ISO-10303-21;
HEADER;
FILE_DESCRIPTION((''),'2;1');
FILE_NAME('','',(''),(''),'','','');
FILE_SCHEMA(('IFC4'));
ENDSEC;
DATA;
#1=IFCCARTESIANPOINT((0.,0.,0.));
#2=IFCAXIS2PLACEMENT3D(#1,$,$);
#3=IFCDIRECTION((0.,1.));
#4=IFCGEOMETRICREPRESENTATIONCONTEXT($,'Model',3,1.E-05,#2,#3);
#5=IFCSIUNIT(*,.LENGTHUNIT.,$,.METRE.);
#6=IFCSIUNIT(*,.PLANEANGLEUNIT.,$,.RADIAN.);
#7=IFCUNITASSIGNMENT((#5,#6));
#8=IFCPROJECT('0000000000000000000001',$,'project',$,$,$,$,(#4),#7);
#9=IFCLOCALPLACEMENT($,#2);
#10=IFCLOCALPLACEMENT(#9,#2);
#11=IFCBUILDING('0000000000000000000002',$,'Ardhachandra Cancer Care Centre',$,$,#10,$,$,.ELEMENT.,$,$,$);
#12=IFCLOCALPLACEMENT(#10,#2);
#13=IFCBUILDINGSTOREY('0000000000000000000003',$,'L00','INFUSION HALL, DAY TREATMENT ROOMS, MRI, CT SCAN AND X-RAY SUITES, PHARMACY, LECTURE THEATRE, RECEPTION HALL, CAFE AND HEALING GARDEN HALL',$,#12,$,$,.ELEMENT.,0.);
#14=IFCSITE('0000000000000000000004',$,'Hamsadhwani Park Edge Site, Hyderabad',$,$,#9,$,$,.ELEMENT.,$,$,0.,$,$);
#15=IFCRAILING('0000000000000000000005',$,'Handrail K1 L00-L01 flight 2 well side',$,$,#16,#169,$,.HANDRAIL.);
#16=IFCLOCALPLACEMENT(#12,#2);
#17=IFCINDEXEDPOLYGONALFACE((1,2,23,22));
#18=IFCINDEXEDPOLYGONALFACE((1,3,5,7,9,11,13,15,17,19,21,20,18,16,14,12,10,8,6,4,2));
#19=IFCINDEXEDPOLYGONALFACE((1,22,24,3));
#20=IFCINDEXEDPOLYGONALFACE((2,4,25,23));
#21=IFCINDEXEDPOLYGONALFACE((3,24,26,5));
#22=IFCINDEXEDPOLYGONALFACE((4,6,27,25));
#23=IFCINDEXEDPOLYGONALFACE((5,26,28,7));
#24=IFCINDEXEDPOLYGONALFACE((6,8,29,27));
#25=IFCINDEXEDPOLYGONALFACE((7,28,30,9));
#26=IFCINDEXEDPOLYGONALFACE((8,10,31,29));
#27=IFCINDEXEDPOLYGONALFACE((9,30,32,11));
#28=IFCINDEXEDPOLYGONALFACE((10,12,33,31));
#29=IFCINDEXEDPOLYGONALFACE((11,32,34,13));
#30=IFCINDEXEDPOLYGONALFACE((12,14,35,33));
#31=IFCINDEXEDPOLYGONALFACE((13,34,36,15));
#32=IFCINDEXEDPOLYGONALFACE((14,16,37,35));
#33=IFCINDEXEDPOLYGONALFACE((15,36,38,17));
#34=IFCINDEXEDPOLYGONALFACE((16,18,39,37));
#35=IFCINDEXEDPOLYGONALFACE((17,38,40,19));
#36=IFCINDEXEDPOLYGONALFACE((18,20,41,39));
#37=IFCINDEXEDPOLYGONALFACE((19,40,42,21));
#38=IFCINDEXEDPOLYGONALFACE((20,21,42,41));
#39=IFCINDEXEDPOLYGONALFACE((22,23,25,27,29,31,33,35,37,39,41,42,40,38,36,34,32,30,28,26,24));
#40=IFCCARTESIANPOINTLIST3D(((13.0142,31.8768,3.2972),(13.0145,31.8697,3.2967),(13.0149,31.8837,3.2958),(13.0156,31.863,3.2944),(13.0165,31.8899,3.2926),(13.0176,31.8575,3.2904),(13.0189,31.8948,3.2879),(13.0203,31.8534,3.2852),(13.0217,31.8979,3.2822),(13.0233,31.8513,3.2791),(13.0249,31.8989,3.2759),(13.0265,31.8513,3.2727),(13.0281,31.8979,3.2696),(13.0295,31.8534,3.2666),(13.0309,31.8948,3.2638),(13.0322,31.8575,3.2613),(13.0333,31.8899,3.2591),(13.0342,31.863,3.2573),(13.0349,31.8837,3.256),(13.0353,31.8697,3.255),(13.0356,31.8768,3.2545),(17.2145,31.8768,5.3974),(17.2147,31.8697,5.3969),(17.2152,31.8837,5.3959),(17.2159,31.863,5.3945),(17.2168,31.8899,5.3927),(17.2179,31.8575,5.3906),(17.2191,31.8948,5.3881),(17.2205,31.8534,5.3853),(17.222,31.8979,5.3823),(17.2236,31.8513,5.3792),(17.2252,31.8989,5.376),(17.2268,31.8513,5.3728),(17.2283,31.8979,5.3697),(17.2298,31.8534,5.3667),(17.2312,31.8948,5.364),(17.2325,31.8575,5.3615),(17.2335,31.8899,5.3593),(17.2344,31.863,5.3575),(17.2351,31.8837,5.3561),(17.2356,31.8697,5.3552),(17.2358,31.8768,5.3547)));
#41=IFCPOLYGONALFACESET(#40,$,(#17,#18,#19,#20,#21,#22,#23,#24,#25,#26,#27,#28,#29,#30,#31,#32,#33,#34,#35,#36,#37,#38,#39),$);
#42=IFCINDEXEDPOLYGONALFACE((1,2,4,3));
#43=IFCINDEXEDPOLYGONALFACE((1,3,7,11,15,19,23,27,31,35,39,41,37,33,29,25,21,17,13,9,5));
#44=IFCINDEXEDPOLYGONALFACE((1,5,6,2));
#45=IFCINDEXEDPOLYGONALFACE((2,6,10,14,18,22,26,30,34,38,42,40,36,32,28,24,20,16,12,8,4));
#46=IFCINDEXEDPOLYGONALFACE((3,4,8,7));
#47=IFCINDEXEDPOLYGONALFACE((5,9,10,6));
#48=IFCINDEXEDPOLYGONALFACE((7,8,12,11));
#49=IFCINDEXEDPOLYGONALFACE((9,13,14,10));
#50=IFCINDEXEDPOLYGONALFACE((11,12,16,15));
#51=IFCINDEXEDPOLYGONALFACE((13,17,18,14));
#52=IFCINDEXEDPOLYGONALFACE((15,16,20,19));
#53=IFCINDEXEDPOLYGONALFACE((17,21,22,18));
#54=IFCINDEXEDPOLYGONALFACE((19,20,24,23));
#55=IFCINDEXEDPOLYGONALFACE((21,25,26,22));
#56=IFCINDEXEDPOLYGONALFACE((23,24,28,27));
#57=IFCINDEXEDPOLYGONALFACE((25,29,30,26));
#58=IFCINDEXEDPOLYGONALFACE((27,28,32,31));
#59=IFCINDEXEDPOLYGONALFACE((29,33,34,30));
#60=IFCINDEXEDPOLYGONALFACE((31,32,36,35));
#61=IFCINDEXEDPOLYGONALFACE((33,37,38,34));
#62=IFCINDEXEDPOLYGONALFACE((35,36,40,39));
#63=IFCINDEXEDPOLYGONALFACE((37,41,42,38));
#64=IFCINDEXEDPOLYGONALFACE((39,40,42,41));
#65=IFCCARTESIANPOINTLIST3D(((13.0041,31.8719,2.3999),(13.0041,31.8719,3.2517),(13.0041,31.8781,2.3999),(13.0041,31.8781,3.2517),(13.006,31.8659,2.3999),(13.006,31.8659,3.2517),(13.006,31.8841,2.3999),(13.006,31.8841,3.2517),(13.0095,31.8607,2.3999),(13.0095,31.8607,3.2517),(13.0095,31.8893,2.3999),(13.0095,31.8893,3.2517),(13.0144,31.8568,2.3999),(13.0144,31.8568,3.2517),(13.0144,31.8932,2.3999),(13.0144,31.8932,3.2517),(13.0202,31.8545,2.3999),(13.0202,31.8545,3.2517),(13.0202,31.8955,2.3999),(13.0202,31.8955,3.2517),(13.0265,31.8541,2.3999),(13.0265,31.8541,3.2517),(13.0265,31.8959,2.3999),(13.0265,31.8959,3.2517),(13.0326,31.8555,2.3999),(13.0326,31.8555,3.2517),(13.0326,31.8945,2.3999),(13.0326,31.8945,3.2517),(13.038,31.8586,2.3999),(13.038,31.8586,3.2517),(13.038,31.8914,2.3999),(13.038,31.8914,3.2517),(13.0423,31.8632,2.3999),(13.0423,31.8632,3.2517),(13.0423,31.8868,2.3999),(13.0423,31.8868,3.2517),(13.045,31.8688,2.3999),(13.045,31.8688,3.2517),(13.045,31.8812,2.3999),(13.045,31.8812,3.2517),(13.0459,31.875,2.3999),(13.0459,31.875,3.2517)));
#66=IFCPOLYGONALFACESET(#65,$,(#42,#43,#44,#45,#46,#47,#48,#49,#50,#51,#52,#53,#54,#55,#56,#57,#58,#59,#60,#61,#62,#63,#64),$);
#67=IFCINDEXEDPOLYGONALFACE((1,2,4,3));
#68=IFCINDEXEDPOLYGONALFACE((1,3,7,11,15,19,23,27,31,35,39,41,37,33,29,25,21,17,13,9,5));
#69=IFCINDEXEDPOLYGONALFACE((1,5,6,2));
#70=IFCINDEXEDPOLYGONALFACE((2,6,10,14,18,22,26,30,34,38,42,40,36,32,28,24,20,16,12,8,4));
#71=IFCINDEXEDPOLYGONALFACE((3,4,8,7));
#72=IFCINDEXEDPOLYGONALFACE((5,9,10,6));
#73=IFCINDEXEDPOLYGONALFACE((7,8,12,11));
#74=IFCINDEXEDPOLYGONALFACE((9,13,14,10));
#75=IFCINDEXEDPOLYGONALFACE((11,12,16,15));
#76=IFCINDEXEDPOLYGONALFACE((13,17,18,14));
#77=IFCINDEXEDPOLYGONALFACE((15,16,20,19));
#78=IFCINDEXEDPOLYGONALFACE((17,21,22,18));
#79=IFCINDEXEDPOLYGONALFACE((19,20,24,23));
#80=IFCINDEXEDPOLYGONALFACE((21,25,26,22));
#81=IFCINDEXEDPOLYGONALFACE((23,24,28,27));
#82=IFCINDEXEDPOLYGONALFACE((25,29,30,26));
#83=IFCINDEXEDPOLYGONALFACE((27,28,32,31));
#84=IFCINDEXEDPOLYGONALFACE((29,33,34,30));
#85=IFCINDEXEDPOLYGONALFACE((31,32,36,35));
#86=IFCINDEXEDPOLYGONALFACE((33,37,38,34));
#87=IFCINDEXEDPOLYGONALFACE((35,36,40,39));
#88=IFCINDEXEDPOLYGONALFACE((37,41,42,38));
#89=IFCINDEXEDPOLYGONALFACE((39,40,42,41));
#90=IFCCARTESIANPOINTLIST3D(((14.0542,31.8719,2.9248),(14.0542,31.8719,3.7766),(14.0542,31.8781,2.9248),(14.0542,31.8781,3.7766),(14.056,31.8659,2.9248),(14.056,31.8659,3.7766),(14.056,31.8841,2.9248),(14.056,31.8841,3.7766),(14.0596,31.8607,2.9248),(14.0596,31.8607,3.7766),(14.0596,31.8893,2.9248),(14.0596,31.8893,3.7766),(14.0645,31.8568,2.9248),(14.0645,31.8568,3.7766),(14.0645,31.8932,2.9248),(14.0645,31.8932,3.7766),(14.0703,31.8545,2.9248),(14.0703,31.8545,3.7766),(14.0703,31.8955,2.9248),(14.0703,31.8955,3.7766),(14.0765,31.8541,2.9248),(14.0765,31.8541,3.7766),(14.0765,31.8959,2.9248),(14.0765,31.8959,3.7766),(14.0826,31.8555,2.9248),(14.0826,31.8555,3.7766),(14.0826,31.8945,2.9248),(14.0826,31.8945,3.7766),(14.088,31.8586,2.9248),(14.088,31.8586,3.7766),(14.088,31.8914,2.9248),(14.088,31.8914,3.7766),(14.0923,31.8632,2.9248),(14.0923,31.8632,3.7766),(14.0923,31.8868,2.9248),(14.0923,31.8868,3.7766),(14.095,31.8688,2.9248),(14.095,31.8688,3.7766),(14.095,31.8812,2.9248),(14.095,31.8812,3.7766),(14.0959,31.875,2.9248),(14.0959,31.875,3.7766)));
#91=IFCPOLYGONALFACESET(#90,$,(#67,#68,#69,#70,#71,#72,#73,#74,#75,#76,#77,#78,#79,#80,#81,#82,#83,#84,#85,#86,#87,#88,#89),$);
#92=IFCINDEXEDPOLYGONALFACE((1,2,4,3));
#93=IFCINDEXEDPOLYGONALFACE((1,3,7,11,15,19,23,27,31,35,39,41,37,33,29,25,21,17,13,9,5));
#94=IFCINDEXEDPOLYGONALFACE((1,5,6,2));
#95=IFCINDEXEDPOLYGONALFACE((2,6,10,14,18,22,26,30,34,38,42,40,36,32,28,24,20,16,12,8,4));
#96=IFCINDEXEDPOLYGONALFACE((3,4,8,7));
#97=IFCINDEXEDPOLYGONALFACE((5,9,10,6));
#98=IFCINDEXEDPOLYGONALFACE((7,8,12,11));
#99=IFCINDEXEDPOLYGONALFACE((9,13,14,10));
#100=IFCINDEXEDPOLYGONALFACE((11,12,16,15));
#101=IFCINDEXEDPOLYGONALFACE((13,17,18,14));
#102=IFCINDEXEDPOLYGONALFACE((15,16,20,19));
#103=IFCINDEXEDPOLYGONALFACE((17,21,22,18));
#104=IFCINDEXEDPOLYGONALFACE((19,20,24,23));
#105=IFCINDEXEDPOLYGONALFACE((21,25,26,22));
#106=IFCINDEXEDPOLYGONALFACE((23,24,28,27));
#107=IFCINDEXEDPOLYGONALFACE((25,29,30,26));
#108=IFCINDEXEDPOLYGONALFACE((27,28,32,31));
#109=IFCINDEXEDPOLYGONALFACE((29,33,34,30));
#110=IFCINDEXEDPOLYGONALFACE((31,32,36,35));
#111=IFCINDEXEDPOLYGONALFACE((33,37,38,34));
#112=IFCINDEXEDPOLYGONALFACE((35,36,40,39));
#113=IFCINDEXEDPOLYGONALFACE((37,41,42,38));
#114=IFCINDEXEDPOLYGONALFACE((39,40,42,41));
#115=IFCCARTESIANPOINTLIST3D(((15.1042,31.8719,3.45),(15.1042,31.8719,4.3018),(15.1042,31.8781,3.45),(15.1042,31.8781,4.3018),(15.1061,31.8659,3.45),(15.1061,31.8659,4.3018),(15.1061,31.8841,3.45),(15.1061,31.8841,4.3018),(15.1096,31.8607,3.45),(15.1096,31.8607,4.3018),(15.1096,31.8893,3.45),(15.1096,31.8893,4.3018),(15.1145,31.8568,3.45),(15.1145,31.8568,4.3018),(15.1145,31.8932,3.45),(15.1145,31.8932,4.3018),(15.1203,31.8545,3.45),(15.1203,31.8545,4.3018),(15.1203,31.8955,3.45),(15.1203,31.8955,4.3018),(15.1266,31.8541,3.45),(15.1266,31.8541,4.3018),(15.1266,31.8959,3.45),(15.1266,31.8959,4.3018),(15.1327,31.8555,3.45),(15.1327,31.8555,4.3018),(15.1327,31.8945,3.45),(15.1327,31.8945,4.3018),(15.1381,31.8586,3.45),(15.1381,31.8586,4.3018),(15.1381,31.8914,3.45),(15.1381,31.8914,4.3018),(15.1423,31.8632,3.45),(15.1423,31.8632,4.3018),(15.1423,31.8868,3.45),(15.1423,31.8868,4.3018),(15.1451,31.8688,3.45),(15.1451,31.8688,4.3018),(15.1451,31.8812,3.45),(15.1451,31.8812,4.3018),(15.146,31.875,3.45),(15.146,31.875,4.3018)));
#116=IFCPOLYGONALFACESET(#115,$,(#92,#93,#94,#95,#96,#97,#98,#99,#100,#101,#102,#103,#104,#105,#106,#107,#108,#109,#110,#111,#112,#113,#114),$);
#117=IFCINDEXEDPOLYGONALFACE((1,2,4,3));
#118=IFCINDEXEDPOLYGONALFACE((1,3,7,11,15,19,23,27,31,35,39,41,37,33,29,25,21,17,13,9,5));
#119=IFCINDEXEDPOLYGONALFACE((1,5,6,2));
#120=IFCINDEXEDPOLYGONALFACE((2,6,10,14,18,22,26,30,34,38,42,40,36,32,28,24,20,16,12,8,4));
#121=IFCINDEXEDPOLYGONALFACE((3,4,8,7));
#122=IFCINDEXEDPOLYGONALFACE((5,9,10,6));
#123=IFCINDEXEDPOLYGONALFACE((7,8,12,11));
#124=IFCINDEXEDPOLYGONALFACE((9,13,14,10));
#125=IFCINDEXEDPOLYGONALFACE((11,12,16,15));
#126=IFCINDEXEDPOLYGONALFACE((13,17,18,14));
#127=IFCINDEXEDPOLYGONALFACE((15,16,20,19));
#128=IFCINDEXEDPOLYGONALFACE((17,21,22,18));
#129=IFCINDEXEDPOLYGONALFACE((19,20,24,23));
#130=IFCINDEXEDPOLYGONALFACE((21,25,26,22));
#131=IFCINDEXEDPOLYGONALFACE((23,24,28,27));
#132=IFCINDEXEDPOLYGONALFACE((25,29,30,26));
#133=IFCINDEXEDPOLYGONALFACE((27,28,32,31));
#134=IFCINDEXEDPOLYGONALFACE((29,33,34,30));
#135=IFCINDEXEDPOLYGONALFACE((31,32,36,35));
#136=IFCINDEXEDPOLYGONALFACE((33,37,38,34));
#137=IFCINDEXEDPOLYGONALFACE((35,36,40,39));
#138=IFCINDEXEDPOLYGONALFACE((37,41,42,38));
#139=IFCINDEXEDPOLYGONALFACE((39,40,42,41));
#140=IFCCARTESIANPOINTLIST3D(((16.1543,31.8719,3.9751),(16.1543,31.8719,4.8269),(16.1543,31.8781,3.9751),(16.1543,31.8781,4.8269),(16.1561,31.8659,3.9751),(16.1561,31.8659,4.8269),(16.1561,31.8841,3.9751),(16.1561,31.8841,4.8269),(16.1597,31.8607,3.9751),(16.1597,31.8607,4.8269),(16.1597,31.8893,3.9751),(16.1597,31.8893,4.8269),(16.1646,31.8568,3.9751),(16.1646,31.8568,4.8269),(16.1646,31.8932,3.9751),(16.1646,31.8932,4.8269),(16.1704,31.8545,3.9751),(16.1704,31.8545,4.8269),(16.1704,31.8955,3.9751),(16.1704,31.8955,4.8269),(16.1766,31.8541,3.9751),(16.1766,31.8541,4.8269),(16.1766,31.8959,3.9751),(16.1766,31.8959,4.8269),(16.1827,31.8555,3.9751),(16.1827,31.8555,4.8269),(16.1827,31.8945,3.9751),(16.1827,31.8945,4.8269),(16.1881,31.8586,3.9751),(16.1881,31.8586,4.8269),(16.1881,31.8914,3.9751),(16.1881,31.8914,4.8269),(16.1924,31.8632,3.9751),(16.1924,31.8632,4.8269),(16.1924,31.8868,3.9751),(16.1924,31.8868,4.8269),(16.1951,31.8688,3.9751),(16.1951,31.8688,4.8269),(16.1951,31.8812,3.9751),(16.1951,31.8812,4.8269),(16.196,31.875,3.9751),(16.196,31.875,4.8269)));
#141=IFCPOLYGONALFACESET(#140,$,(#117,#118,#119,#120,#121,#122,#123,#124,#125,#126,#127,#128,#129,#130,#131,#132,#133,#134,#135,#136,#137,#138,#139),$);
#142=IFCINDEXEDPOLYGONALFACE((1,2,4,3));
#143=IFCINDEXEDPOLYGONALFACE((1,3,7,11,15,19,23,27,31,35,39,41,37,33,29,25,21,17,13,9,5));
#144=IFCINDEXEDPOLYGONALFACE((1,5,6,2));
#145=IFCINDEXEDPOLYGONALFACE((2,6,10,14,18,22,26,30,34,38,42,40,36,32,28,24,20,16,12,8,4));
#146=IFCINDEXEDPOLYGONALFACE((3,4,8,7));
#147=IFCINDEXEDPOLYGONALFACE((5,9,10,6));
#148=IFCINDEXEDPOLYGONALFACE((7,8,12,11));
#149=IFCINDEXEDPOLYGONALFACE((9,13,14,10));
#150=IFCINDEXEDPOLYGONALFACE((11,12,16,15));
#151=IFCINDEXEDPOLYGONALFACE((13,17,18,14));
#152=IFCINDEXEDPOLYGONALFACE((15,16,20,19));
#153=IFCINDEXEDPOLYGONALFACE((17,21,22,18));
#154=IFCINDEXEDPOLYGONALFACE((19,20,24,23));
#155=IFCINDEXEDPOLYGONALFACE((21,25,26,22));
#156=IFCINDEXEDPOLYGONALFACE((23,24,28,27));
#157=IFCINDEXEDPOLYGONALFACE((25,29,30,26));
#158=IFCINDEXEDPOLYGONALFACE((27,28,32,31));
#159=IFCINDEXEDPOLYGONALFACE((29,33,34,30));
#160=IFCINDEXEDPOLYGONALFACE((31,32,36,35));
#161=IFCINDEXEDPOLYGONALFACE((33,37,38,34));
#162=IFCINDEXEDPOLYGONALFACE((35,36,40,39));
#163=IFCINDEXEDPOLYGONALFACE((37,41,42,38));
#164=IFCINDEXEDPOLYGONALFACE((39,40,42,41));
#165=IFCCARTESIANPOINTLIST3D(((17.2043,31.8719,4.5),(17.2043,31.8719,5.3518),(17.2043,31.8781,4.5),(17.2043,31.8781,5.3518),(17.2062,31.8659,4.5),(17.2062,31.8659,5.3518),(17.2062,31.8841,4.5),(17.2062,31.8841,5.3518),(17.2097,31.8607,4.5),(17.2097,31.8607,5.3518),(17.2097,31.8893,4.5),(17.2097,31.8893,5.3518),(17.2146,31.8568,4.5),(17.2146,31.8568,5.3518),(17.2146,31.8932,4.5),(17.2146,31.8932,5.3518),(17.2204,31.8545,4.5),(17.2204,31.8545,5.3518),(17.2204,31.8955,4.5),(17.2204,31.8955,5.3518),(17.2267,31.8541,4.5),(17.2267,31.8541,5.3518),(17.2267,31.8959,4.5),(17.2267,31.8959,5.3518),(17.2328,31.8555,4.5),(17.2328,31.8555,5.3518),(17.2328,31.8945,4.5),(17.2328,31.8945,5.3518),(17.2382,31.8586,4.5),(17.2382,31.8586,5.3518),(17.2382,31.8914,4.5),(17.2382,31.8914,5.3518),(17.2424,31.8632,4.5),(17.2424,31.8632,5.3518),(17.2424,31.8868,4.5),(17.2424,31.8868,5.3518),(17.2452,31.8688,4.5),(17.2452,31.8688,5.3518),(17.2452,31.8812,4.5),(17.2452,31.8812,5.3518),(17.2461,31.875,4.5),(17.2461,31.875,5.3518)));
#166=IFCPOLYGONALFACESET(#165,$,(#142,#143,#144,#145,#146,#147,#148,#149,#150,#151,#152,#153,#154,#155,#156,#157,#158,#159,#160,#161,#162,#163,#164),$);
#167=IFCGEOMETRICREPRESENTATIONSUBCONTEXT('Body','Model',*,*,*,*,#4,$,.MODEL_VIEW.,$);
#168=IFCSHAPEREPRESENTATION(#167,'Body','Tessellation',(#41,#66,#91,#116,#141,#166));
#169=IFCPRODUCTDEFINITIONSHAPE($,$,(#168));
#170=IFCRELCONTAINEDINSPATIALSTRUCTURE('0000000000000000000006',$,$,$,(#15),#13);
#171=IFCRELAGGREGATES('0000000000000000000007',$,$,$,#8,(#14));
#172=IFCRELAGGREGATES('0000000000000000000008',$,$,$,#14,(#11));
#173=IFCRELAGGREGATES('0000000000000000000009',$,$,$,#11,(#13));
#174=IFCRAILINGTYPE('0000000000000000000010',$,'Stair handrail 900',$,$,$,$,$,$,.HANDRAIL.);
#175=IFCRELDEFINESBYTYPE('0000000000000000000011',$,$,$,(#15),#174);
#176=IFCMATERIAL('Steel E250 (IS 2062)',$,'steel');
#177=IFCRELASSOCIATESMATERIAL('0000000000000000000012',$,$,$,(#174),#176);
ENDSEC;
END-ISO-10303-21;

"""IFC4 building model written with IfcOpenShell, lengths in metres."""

from ifc_helpers import new_model, si_unit, direction, frame, origin, origin_2d, place, context, subcontext, project, spatial, circle, extrude, material, type_object, element, save


model = new_model("IFC4")

# Units and contexts
model_context = context("Model", 3, precision=1e-05, world=origin(), true_north=direction((0.0, 1.0)))
body_context = subcontext(model_context, "Body", "Model", "MODEL_VIEW")
ifc_project = project(units=[si_unit("LENGTHUNIT", "METRE"), si_unit("PLANEANGLEUNIT", "RADIAN")], contexts=[model_context])

# Site, building, storey
site_placement = place(None, origin())
site = spatial("IfcSite", under=ifc_project, at=site_placement, Name="Hamsadhwani Park Edge Site, Hyderabad", CompositionType="ELEMENT", RefElevation=0.0)
building_placement = place(site_placement, origin())
building = spatial("IfcBuilding", under=site, at=building_placement, Name="Ardhachandra Cancer Care Centre", CompositionType="ELEMENT")
storey_placement = place(building_placement, origin())
storey = spatial("IfcBuildingStorey", under=building, at=storey_placement, Name="L00", Description="INFUSION HALL, DAY TREATMENT ROOMS, MRI, CT SCAN AND X-RAY SUITES, PHARMACY, LECTURE THEATRE, RECEPTION HALL, CAFE AND HEALING GARDEN HALL", CompositionType="ELEMENT", Elevation=0.0)

# Railing
ifc_material_1 = material(Name="Steel E250 (IS 2062)", Category="steel")
railing_type_1 = type_object("IfcRailingType", Name="Stair handrail 900", PredefinedType="HANDRAIL", material=ifc_material_1)
railing_1_placement = place(storey_placement, frame((13.0249, 31.875, 2.3999)))
element("IfcRailing", 1, at=railing_1_placement, inside=storey, type_object=railing_type_1, Name="Handrail K1 L00-L01 flight 2 well side", PredefinedType="HANDRAIL", context=body_context, shape_type="SweptSolid", body=[
    extrude(circle(Radius=0.0239, at=origin_2d()), frame((0.0, 0.0, 0.876), z_axis=(0.894427, 0.0, 0.447214), x_axis=(0.0, 1.0, 0.0)), (0.0, 0.0, 1.0), 4.696),
    extrude(circle(Radius=0.021, at=origin_2d()), origin(), (0.0, 0.0, 1.0), 0.8518),
    extrude(circle(Radius=0.021, at=origin_2d()), frame((1.05, 0.0, 0.5249)), (0.0, 0.0, 1.0), 0.8518),
    extrude(circle(Radius=0.021, at=origin_2d()), frame((2.1001, 0.0, 1.05)), (0.0, 0.0, 1.0), 0.8518),
    extrude(circle(Radius=0.021, at=origin_2d()), frame((3.1501, 0.0, 1.5752)), (0.0, 0.0, 1.0), 0.8518),
    extrude(circle(Radius=0.021, at=origin_2d()), frame((4.2002, 0.0, 2.1001)), (0.0, 0.0, 1.0), 0.8518),
])

save(model, "model.ifc")
